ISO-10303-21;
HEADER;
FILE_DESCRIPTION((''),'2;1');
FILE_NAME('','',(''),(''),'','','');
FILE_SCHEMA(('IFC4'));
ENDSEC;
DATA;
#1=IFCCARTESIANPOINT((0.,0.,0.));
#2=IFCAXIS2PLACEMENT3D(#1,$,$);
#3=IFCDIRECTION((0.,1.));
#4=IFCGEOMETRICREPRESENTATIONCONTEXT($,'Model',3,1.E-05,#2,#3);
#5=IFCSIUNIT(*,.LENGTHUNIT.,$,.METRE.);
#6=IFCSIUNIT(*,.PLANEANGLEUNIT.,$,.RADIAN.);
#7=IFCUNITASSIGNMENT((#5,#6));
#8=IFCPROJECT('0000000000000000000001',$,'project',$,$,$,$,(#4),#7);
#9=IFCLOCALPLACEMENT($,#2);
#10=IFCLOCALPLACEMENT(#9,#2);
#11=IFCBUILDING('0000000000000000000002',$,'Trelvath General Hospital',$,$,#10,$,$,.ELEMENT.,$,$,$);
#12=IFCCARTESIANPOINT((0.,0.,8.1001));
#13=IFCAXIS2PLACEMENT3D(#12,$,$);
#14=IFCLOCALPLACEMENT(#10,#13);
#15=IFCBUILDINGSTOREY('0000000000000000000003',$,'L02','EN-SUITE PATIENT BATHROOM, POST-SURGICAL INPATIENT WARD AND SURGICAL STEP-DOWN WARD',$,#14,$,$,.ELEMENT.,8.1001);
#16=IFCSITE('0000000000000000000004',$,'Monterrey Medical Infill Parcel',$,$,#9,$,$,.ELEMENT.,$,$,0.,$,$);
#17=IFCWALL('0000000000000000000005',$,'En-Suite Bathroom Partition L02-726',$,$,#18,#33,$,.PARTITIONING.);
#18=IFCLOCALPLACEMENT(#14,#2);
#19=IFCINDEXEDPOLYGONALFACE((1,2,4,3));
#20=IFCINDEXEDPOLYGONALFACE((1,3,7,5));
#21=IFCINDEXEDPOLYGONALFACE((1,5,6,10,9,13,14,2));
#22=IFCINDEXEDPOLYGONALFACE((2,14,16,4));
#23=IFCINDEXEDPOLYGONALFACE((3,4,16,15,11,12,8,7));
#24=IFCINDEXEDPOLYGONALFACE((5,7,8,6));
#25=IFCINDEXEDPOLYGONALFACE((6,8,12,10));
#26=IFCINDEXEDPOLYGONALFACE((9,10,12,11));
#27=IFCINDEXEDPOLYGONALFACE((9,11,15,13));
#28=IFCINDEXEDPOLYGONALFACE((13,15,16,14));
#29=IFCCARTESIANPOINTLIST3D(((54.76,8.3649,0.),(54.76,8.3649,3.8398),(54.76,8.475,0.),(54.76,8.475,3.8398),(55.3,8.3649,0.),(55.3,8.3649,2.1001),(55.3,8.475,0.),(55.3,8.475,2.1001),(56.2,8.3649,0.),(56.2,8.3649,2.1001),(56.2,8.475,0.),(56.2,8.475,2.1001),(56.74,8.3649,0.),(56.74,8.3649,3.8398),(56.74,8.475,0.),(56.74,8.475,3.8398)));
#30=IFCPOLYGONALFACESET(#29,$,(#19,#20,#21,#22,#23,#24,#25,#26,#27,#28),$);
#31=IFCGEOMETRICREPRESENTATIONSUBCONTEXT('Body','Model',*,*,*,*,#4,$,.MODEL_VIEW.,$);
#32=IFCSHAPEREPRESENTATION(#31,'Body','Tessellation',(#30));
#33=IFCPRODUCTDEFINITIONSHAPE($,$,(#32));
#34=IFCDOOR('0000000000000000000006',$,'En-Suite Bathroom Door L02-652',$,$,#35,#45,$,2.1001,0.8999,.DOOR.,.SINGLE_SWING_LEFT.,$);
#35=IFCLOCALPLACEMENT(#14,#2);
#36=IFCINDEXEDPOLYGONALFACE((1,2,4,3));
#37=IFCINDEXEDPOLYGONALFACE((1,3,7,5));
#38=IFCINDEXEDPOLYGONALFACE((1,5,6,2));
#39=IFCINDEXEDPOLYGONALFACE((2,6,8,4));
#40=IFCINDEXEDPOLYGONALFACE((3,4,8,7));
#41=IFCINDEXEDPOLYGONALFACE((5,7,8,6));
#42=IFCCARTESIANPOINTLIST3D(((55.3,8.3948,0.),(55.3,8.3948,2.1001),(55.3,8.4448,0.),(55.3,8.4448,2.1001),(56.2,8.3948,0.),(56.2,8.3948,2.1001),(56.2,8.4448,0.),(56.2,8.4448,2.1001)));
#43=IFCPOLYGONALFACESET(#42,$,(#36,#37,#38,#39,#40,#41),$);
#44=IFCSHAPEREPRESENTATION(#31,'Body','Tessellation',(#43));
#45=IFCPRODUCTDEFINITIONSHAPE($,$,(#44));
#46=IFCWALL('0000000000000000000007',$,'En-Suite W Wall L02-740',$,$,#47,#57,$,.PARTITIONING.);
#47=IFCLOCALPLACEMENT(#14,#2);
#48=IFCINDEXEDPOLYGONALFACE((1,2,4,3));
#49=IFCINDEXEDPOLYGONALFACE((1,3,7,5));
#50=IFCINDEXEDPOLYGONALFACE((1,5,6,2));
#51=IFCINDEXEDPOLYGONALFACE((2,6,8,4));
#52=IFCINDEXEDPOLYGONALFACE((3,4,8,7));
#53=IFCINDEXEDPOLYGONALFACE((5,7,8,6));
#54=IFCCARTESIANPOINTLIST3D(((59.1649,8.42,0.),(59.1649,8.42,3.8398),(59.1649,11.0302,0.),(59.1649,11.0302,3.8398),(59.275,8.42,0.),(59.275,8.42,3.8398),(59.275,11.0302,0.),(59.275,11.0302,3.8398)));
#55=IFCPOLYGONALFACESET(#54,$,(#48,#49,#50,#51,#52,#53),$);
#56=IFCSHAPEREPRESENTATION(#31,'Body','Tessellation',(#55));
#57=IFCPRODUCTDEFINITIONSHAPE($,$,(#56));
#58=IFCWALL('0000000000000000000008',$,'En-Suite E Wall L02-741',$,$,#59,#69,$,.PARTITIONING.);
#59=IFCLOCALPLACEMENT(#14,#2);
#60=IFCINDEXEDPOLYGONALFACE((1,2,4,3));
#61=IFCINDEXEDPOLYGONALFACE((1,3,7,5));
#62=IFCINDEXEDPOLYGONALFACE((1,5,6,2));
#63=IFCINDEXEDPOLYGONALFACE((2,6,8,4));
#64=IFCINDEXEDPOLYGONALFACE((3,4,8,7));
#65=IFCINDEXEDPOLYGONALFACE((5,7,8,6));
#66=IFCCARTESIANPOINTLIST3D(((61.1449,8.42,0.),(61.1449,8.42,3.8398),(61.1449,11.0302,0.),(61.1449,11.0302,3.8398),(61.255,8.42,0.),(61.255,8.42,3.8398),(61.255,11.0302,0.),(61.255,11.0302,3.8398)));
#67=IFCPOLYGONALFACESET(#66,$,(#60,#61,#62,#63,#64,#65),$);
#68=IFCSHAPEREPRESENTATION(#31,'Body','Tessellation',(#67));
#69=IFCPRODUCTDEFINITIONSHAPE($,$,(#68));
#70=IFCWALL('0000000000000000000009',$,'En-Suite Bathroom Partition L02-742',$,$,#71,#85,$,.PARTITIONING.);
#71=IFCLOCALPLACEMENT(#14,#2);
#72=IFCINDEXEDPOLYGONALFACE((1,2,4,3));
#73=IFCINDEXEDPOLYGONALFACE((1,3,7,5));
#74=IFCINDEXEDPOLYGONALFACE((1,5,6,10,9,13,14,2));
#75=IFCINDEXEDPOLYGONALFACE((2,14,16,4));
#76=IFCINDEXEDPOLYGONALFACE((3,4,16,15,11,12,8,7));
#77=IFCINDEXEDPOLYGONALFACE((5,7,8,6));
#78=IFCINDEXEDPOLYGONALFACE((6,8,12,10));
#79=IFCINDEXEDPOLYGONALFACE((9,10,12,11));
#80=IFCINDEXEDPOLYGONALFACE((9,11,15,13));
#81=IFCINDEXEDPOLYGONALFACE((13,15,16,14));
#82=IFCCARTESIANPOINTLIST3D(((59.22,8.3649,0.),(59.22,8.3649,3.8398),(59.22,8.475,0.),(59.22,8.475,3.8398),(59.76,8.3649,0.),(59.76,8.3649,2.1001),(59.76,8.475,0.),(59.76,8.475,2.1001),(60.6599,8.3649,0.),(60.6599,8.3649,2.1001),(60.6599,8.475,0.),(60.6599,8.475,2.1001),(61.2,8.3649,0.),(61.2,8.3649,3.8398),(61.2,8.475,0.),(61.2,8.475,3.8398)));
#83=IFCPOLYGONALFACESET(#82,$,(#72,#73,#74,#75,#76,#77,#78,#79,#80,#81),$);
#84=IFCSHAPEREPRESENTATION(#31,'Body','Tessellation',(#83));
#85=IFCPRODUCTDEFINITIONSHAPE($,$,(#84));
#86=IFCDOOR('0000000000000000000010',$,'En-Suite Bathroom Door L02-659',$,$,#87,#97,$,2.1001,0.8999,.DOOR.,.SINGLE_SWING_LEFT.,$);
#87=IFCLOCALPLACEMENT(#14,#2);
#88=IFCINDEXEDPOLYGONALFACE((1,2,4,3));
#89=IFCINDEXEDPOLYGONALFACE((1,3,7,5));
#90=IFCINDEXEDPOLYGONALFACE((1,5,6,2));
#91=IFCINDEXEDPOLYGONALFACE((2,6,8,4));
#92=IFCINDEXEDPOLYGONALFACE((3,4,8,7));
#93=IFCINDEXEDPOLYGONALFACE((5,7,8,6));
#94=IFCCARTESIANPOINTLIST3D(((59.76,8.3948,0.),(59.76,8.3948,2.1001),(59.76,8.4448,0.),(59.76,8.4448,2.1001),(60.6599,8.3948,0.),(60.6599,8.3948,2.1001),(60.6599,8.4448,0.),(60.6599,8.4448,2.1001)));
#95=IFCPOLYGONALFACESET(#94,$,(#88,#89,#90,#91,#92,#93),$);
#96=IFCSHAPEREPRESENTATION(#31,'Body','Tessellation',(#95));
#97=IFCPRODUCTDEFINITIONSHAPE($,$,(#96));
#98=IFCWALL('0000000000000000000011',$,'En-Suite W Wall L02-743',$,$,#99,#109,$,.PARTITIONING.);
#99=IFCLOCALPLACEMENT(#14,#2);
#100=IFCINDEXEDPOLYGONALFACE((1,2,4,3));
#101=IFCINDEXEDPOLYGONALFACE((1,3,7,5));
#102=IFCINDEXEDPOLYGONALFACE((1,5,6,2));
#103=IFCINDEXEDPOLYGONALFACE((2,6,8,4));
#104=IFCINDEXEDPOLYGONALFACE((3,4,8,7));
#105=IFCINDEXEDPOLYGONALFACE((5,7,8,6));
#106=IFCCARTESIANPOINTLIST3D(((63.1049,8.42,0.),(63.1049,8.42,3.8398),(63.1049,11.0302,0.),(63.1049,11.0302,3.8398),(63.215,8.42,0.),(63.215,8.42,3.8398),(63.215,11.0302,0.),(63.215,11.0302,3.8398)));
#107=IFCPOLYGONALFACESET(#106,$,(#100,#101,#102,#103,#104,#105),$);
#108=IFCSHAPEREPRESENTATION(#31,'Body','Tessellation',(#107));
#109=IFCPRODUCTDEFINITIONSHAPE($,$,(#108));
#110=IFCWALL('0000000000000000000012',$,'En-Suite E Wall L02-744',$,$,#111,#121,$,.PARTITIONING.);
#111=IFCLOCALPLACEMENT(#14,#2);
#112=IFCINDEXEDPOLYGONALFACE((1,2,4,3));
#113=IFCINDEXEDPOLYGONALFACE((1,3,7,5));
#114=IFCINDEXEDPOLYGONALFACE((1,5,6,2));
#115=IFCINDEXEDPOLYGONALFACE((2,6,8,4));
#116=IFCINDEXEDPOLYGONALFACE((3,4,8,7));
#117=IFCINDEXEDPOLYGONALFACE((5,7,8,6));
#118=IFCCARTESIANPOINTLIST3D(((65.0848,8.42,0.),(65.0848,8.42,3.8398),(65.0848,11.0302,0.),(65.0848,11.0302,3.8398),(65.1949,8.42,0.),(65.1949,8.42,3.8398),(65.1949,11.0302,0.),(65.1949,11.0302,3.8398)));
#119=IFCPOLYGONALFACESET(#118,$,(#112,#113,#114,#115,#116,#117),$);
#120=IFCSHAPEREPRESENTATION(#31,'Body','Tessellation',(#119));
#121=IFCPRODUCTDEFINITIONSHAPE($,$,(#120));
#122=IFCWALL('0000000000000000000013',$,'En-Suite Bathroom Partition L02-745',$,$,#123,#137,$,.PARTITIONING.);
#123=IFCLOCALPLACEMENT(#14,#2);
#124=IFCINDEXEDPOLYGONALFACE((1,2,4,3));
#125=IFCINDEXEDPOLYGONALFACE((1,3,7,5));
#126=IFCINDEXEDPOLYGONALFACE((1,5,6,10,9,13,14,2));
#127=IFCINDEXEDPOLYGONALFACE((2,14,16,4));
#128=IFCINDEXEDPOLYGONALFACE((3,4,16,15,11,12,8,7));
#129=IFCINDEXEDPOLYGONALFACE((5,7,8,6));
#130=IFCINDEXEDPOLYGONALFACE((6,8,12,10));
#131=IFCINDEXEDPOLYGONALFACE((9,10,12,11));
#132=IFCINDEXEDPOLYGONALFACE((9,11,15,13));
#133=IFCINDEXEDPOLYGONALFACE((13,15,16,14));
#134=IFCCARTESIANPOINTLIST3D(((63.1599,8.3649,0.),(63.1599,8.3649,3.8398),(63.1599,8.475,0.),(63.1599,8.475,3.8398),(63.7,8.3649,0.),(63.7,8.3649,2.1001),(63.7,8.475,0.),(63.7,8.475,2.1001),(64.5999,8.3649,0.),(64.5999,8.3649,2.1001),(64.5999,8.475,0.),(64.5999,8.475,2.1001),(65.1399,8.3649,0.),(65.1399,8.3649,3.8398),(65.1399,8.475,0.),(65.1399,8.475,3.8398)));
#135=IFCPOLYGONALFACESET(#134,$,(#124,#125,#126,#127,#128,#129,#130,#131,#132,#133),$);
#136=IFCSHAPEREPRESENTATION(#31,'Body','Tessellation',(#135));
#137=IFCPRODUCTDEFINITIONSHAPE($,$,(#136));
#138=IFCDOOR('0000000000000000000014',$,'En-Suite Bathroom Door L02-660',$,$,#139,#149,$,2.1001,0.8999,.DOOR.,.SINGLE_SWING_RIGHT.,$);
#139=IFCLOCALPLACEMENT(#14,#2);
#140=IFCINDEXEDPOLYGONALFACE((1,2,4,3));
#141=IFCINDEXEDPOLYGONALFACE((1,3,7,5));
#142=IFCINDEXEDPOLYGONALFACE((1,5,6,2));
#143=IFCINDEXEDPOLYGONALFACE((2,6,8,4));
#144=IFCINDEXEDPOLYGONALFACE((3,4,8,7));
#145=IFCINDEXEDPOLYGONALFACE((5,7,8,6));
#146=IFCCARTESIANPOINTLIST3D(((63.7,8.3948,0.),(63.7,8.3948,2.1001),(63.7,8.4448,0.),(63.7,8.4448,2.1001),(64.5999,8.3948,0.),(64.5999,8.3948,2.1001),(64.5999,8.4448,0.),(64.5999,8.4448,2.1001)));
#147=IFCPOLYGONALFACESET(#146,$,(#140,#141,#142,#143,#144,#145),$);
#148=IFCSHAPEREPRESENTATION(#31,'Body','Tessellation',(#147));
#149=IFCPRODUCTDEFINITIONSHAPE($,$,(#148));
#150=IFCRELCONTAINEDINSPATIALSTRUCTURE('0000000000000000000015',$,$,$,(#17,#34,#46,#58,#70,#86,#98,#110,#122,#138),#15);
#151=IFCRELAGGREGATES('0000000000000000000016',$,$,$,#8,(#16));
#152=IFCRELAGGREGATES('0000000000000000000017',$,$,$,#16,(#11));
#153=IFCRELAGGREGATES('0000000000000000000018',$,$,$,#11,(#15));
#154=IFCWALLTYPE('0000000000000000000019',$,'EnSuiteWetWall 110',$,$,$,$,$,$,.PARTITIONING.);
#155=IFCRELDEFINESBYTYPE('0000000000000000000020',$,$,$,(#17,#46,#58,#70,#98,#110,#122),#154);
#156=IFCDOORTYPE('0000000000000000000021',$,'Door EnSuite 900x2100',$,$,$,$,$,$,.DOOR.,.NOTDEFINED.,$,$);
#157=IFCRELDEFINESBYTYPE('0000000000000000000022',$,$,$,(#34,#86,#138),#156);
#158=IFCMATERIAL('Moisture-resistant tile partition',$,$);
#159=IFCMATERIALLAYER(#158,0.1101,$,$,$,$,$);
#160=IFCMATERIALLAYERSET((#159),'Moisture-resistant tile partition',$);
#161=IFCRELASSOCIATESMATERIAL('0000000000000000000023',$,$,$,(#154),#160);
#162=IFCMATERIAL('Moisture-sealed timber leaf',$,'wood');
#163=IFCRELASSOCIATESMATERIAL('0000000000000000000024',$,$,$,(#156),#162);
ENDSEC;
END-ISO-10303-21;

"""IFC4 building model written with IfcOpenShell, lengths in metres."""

from ifc_helpers import new_model, si_unit, direction, frame, frame_2d, origin, place, context, subcontext, project, spatial, rectangle, extrude, material, layer, layer_set, type_object, element, fill, save


model = new_model("IFC4")

# Units and contexts
model_context = context("Model", 3, precision=1e-05, world=origin(), true_north=direction((0.0, 1.0)))
body_context = subcontext(model_context, "Body", "Model", "MODEL_VIEW")
ifc_project = project(units=[si_unit("LENGTHUNIT", "METRE"), si_unit("PLANEANGLEUNIT", "RADIAN")], contexts=[model_context])

# Site, building, storey
site_placement = place(None, origin())
site = spatial("IfcSite", under=ifc_project, at=site_placement, Name="Monterrey Medical Infill Parcel", CompositionType="ELEMENT", RefElevation=0.0)
building_placement = place(site_placement, origin())
building = spatial("IfcBuilding", under=site, at=building_placement, Name="Trelvath General Hospital", CompositionType="ELEMENT")
storey_placement = place(building_placement, frame((0.0, 0.0, 8.1001)))
storey = spatial("IfcBuildingStorey", under=building, at=storey_placement, Name="L02", Description="EN-SUITE PATIENT BATHROOM, POST-SURGICAL INPATIENT WARD AND SURGICAL STEP-DOWN WARD", CompositionType="ELEMENT", Elevation=8.1001)

# Shared definitions
ifc_material_1 = material(Name="Moisture-resistant tile partition")
ifc_layer_1 = layer(ifc_material_1, 0.1101)
ifc_layer_set_1 = layer_set([ifc_layer_1], Name="Moisture-resistant tile partition")
wall_type_1 = type_object("IfcWallType", Name="EnSuiteWetWall 110", PredefinedType="PARTITIONING", material=ifc_layer_set_1)

# Wall, opening, door
wall_1_placement = place(storey_placement, frame((54.76, 8.4199, 0.0), z_axis=(0.0, 0.0, 1.0), x_axis=(1.0, 0.0, 0.0)))
wall_1 = element("IfcWall", 1, at=wall_1_placement, inside=storey, type_object=wall_type_1, Name="En-Suite Bathroom Partition L02-726", PredefinedType="PARTITIONING", context=body_context, shape_type="SweptSolid", body=[
    extrude(rectangle(XDim=1.98, YDim=0.1101, at=frame_2d((0.99, 0.0))), origin(), (0.0, 0.0, 1.0), 3.8398),
])
opening_1_placement = place(wall_1_placement, frame((0.54, 0.0, 0.0)))
opening_1 = element("IfcOpeningElement", 2, at=opening_1_placement, cuts=wall_1, PredefinedType="OPENING", context=body_context, shape_type="SweptSolid", body=[
    extrude(rectangle(XDim=0.8999, YDim=2.1001, at=frame_2d((0.45, 1.05))), frame((0.0, 0.0649, 0.0), z_axis=(0.0, -1.0, 0.0), x_axis=(1.0, 0.0, 0.0)), (0.0, 0.0, 1.0), 0.1301),
])
ifc_material_2 = material(Name="Moisture-sealed timber leaf", Category="wood")
door_type = type_object("IfcDoorType", Name="Door EnSuite 900x2100", OperationType="NOTDEFINED", PredefinedType="DOOR", material=ifc_material_2)
door_1_placement = place(opening_1_placement, origin())
door_1 = element("IfcDoor", 3, at=door_1_placement, inside=storey, type_object=door_type, Name="En-Suite Bathroom Door L02-652", OperationType="SINGLE_SWING_LEFT", OverallHeight=2.1001, OverallWidth=0.8999, PredefinedType="DOOR", context=body_context, shape_type="SweptSolid", body=[
    extrude(rectangle(XDim=0.8999, YDim=2.1001, at=frame_2d((0.45, 1.05))), frame((0.0, 0.0249, 0.0), z_axis=(0.0, -1.0, 0.0), x_axis=(1.0, 0.0, 0.0)), (0.0, 0.0, 1.0), 0.05),
])
fill(opening_1, door_1)

# Walls
for number, where, z_axis, x_axis, name in (
    (4, (59.22, 8.4199, 0.0), (0.0, 0.0, 1.0), (0.0, 1.0, 0.0), "En-Suite W Wall L02-740"),
    (5, (61.2, 8.4199, 0.0), (0.0, 0.0, 1.0), (0.0, 1.0, 0.0), "En-Suite E Wall L02-741"),
):
    element("IfcWall", number, at=place(storey_placement, frame(where, z_axis=z_axis, x_axis=x_axis)), inside=storey, type_object=wall_type_1, Name=name, PredefinedType="PARTITIONING", context=body_context, shape_type="SweptSolid", body=[
        extrude(rectangle(XDim=2.6101, YDim=0.1101, at=frame_2d((1.3052, 0.0))), origin(), (0.0, 0.0, 1.0), 3.8398),
    ])

# Wall, opening, door
wall_2_placement = place(storey_placement, frame((59.22, 8.4199, 0.0), z_axis=(0.0, 0.0, 1.0), x_axis=(1.0, 0.0, 0.0)))
wall_2 = element("IfcWall", 6, at=wall_2_placement, inside=storey, type_object=wall_type_1, Name="En-Suite Bathroom Partition L02-742", PredefinedType="PARTITIONING", context=body_context, shape_type="SweptSolid", body=[
    extrude(rectangle(XDim=1.98, YDim=0.1101, at=frame_2d((0.99, 0.0))), origin(), (0.0, 0.0, 1.0), 3.8398),
])
opening_2_placement = place(wall_2_placement, frame((0.54, 0.0, 0.0)))
opening_2 = element("IfcOpeningElement", 7, at=opening_2_placement, cuts=wall_2, PredefinedType="OPENING", context=body_context, shape_type="SweptSolid", body=[
    extrude(rectangle(XDim=0.8999, YDim=2.1001, at=frame_2d((0.45, 1.05))), frame((0.0, 0.0649, 0.0), z_axis=(0.0, -1.0, 0.0), x_axis=(1.0, 0.0, 0.0)), (0.0, 0.0, 1.0), 0.1301),
])
door_2_placement = place(opening_2_placement, origin())
door_2 = element("IfcDoor", 8, at=door_2_placement, inside=storey, type_object=door_type, Name="En-Suite Bathroom Door L02-659", OperationType="SINGLE_SWING_LEFT", OverallHeight=2.1001, OverallWidth=0.8999, PredefinedType="DOOR", context=body_context, shape_type="SweptSolid", body=[
    extrude(rectangle(XDim=0.8999, YDim=2.1001, at=frame_2d((0.45, 1.05))), frame((0.0, 0.0249, 0.0), z_axis=(0.0, -1.0, 0.0), x_axis=(1.0, 0.0, 0.0)), (0.0, 0.0, 1.0), 0.05),
])
fill(opening_2, door_2)

# Walls
for number, where, z_axis, x_axis, name in (
    (9, (63.1599, 8.4199, 0.0), (0.0, 0.0, 1.0), (0.0, 1.0, 0.0), "En-Suite W Wall L02-743"),
    (10, (65.1399, 8.4199, 0.0), (0.0, 0.0, 1.0), (0.0, 1.0, 0.0), "En-Suite E Wall L02-744"),
):
    element("IfcWall", number, at=place(storey_placement, frame(where, z_axis=z_axis, x_axis=x_axis)), inside=storey, type_object=wall_type_1, Name=name, PredefinedType="PARTITIONING", context=body_context, shape_type="SweptSolid", body=[
        extrude(rectangle(XDim=2.6101, YDim=0.1101, at=frame_2d((1.3052, 0.0))), origin(), (0.0, 0.0, 1.0), 3.8398),
    ])

# Wall, opening, door
wall_3_placement = place(storey_placement, frame((63.1599, 8.4199, 0.0), z_axis=(0.0, 0.0, 1.0), x_axis=(1.0, 0.0, 0.0)))
wall_3 = element("IfcWall", 11, at=wall_3_placement, inside=storey, type_object=wall_type_1, Name="En-Suite Bathroom Partition L02-745", PredefinedType="PARTITIONING", context=body_context, shape_type="SweptSolid", body=[
    extrude(rectangle(XDim=1.98, YDim=0.1101, at=frame_2d((0.99, 0.0))), origin(), (0.0, 0.0, 1.0), 3.8398),
])
opening_3_placement = place(wall_3_placement, frame((0.54, 0.0, 0.0)))
opening_3 = element("IfcOpeningElement", 12, at=opening_3_placement, cuts=wall_3, PredefinedType="OPENING", context=body_context, shape_type="SweptSolid", body=[
    extrude(rectangle(XDim=0.8999, YDim=2.1001, at=frame_2d((0.45, 1.05))), frame((0.0, 0.0649, 0.0), z_axis=(0.0, -1.0, 0.0), x_axis=(1.0, 0.0, 0.0)), (0.0, 0.0, 1.0), 0.1301),
])
door_3_placement = place(opening_3_placement, origin())
door_3 = element("IfcDoor", 13, at=door_3_placement, inside=storey, type_object=door_type, Name="En-Suite Bathroom Door L02-660", OperationType="SINGLE_SWING_RIGHT", OverallHeight=2.1001, OverallWidth=0.8999, PredefinedType="DOOR", context=body_context, shape_type="SweptSolid", body=[
    extrude(rectangle(XDim=0.8999, YDim=2.1001, at=frame_2d((0.45, 1.05))), frame((0.0, 0.0249, 0.0), z_axis=(0.0, -1.0, 0.0), x_axis=(1.0, 0.0, 0.0)), (0.0, 0.0, 1.0), 0.05),
])
fill(opening_3, door_3)

save(model, "model.ifc")
